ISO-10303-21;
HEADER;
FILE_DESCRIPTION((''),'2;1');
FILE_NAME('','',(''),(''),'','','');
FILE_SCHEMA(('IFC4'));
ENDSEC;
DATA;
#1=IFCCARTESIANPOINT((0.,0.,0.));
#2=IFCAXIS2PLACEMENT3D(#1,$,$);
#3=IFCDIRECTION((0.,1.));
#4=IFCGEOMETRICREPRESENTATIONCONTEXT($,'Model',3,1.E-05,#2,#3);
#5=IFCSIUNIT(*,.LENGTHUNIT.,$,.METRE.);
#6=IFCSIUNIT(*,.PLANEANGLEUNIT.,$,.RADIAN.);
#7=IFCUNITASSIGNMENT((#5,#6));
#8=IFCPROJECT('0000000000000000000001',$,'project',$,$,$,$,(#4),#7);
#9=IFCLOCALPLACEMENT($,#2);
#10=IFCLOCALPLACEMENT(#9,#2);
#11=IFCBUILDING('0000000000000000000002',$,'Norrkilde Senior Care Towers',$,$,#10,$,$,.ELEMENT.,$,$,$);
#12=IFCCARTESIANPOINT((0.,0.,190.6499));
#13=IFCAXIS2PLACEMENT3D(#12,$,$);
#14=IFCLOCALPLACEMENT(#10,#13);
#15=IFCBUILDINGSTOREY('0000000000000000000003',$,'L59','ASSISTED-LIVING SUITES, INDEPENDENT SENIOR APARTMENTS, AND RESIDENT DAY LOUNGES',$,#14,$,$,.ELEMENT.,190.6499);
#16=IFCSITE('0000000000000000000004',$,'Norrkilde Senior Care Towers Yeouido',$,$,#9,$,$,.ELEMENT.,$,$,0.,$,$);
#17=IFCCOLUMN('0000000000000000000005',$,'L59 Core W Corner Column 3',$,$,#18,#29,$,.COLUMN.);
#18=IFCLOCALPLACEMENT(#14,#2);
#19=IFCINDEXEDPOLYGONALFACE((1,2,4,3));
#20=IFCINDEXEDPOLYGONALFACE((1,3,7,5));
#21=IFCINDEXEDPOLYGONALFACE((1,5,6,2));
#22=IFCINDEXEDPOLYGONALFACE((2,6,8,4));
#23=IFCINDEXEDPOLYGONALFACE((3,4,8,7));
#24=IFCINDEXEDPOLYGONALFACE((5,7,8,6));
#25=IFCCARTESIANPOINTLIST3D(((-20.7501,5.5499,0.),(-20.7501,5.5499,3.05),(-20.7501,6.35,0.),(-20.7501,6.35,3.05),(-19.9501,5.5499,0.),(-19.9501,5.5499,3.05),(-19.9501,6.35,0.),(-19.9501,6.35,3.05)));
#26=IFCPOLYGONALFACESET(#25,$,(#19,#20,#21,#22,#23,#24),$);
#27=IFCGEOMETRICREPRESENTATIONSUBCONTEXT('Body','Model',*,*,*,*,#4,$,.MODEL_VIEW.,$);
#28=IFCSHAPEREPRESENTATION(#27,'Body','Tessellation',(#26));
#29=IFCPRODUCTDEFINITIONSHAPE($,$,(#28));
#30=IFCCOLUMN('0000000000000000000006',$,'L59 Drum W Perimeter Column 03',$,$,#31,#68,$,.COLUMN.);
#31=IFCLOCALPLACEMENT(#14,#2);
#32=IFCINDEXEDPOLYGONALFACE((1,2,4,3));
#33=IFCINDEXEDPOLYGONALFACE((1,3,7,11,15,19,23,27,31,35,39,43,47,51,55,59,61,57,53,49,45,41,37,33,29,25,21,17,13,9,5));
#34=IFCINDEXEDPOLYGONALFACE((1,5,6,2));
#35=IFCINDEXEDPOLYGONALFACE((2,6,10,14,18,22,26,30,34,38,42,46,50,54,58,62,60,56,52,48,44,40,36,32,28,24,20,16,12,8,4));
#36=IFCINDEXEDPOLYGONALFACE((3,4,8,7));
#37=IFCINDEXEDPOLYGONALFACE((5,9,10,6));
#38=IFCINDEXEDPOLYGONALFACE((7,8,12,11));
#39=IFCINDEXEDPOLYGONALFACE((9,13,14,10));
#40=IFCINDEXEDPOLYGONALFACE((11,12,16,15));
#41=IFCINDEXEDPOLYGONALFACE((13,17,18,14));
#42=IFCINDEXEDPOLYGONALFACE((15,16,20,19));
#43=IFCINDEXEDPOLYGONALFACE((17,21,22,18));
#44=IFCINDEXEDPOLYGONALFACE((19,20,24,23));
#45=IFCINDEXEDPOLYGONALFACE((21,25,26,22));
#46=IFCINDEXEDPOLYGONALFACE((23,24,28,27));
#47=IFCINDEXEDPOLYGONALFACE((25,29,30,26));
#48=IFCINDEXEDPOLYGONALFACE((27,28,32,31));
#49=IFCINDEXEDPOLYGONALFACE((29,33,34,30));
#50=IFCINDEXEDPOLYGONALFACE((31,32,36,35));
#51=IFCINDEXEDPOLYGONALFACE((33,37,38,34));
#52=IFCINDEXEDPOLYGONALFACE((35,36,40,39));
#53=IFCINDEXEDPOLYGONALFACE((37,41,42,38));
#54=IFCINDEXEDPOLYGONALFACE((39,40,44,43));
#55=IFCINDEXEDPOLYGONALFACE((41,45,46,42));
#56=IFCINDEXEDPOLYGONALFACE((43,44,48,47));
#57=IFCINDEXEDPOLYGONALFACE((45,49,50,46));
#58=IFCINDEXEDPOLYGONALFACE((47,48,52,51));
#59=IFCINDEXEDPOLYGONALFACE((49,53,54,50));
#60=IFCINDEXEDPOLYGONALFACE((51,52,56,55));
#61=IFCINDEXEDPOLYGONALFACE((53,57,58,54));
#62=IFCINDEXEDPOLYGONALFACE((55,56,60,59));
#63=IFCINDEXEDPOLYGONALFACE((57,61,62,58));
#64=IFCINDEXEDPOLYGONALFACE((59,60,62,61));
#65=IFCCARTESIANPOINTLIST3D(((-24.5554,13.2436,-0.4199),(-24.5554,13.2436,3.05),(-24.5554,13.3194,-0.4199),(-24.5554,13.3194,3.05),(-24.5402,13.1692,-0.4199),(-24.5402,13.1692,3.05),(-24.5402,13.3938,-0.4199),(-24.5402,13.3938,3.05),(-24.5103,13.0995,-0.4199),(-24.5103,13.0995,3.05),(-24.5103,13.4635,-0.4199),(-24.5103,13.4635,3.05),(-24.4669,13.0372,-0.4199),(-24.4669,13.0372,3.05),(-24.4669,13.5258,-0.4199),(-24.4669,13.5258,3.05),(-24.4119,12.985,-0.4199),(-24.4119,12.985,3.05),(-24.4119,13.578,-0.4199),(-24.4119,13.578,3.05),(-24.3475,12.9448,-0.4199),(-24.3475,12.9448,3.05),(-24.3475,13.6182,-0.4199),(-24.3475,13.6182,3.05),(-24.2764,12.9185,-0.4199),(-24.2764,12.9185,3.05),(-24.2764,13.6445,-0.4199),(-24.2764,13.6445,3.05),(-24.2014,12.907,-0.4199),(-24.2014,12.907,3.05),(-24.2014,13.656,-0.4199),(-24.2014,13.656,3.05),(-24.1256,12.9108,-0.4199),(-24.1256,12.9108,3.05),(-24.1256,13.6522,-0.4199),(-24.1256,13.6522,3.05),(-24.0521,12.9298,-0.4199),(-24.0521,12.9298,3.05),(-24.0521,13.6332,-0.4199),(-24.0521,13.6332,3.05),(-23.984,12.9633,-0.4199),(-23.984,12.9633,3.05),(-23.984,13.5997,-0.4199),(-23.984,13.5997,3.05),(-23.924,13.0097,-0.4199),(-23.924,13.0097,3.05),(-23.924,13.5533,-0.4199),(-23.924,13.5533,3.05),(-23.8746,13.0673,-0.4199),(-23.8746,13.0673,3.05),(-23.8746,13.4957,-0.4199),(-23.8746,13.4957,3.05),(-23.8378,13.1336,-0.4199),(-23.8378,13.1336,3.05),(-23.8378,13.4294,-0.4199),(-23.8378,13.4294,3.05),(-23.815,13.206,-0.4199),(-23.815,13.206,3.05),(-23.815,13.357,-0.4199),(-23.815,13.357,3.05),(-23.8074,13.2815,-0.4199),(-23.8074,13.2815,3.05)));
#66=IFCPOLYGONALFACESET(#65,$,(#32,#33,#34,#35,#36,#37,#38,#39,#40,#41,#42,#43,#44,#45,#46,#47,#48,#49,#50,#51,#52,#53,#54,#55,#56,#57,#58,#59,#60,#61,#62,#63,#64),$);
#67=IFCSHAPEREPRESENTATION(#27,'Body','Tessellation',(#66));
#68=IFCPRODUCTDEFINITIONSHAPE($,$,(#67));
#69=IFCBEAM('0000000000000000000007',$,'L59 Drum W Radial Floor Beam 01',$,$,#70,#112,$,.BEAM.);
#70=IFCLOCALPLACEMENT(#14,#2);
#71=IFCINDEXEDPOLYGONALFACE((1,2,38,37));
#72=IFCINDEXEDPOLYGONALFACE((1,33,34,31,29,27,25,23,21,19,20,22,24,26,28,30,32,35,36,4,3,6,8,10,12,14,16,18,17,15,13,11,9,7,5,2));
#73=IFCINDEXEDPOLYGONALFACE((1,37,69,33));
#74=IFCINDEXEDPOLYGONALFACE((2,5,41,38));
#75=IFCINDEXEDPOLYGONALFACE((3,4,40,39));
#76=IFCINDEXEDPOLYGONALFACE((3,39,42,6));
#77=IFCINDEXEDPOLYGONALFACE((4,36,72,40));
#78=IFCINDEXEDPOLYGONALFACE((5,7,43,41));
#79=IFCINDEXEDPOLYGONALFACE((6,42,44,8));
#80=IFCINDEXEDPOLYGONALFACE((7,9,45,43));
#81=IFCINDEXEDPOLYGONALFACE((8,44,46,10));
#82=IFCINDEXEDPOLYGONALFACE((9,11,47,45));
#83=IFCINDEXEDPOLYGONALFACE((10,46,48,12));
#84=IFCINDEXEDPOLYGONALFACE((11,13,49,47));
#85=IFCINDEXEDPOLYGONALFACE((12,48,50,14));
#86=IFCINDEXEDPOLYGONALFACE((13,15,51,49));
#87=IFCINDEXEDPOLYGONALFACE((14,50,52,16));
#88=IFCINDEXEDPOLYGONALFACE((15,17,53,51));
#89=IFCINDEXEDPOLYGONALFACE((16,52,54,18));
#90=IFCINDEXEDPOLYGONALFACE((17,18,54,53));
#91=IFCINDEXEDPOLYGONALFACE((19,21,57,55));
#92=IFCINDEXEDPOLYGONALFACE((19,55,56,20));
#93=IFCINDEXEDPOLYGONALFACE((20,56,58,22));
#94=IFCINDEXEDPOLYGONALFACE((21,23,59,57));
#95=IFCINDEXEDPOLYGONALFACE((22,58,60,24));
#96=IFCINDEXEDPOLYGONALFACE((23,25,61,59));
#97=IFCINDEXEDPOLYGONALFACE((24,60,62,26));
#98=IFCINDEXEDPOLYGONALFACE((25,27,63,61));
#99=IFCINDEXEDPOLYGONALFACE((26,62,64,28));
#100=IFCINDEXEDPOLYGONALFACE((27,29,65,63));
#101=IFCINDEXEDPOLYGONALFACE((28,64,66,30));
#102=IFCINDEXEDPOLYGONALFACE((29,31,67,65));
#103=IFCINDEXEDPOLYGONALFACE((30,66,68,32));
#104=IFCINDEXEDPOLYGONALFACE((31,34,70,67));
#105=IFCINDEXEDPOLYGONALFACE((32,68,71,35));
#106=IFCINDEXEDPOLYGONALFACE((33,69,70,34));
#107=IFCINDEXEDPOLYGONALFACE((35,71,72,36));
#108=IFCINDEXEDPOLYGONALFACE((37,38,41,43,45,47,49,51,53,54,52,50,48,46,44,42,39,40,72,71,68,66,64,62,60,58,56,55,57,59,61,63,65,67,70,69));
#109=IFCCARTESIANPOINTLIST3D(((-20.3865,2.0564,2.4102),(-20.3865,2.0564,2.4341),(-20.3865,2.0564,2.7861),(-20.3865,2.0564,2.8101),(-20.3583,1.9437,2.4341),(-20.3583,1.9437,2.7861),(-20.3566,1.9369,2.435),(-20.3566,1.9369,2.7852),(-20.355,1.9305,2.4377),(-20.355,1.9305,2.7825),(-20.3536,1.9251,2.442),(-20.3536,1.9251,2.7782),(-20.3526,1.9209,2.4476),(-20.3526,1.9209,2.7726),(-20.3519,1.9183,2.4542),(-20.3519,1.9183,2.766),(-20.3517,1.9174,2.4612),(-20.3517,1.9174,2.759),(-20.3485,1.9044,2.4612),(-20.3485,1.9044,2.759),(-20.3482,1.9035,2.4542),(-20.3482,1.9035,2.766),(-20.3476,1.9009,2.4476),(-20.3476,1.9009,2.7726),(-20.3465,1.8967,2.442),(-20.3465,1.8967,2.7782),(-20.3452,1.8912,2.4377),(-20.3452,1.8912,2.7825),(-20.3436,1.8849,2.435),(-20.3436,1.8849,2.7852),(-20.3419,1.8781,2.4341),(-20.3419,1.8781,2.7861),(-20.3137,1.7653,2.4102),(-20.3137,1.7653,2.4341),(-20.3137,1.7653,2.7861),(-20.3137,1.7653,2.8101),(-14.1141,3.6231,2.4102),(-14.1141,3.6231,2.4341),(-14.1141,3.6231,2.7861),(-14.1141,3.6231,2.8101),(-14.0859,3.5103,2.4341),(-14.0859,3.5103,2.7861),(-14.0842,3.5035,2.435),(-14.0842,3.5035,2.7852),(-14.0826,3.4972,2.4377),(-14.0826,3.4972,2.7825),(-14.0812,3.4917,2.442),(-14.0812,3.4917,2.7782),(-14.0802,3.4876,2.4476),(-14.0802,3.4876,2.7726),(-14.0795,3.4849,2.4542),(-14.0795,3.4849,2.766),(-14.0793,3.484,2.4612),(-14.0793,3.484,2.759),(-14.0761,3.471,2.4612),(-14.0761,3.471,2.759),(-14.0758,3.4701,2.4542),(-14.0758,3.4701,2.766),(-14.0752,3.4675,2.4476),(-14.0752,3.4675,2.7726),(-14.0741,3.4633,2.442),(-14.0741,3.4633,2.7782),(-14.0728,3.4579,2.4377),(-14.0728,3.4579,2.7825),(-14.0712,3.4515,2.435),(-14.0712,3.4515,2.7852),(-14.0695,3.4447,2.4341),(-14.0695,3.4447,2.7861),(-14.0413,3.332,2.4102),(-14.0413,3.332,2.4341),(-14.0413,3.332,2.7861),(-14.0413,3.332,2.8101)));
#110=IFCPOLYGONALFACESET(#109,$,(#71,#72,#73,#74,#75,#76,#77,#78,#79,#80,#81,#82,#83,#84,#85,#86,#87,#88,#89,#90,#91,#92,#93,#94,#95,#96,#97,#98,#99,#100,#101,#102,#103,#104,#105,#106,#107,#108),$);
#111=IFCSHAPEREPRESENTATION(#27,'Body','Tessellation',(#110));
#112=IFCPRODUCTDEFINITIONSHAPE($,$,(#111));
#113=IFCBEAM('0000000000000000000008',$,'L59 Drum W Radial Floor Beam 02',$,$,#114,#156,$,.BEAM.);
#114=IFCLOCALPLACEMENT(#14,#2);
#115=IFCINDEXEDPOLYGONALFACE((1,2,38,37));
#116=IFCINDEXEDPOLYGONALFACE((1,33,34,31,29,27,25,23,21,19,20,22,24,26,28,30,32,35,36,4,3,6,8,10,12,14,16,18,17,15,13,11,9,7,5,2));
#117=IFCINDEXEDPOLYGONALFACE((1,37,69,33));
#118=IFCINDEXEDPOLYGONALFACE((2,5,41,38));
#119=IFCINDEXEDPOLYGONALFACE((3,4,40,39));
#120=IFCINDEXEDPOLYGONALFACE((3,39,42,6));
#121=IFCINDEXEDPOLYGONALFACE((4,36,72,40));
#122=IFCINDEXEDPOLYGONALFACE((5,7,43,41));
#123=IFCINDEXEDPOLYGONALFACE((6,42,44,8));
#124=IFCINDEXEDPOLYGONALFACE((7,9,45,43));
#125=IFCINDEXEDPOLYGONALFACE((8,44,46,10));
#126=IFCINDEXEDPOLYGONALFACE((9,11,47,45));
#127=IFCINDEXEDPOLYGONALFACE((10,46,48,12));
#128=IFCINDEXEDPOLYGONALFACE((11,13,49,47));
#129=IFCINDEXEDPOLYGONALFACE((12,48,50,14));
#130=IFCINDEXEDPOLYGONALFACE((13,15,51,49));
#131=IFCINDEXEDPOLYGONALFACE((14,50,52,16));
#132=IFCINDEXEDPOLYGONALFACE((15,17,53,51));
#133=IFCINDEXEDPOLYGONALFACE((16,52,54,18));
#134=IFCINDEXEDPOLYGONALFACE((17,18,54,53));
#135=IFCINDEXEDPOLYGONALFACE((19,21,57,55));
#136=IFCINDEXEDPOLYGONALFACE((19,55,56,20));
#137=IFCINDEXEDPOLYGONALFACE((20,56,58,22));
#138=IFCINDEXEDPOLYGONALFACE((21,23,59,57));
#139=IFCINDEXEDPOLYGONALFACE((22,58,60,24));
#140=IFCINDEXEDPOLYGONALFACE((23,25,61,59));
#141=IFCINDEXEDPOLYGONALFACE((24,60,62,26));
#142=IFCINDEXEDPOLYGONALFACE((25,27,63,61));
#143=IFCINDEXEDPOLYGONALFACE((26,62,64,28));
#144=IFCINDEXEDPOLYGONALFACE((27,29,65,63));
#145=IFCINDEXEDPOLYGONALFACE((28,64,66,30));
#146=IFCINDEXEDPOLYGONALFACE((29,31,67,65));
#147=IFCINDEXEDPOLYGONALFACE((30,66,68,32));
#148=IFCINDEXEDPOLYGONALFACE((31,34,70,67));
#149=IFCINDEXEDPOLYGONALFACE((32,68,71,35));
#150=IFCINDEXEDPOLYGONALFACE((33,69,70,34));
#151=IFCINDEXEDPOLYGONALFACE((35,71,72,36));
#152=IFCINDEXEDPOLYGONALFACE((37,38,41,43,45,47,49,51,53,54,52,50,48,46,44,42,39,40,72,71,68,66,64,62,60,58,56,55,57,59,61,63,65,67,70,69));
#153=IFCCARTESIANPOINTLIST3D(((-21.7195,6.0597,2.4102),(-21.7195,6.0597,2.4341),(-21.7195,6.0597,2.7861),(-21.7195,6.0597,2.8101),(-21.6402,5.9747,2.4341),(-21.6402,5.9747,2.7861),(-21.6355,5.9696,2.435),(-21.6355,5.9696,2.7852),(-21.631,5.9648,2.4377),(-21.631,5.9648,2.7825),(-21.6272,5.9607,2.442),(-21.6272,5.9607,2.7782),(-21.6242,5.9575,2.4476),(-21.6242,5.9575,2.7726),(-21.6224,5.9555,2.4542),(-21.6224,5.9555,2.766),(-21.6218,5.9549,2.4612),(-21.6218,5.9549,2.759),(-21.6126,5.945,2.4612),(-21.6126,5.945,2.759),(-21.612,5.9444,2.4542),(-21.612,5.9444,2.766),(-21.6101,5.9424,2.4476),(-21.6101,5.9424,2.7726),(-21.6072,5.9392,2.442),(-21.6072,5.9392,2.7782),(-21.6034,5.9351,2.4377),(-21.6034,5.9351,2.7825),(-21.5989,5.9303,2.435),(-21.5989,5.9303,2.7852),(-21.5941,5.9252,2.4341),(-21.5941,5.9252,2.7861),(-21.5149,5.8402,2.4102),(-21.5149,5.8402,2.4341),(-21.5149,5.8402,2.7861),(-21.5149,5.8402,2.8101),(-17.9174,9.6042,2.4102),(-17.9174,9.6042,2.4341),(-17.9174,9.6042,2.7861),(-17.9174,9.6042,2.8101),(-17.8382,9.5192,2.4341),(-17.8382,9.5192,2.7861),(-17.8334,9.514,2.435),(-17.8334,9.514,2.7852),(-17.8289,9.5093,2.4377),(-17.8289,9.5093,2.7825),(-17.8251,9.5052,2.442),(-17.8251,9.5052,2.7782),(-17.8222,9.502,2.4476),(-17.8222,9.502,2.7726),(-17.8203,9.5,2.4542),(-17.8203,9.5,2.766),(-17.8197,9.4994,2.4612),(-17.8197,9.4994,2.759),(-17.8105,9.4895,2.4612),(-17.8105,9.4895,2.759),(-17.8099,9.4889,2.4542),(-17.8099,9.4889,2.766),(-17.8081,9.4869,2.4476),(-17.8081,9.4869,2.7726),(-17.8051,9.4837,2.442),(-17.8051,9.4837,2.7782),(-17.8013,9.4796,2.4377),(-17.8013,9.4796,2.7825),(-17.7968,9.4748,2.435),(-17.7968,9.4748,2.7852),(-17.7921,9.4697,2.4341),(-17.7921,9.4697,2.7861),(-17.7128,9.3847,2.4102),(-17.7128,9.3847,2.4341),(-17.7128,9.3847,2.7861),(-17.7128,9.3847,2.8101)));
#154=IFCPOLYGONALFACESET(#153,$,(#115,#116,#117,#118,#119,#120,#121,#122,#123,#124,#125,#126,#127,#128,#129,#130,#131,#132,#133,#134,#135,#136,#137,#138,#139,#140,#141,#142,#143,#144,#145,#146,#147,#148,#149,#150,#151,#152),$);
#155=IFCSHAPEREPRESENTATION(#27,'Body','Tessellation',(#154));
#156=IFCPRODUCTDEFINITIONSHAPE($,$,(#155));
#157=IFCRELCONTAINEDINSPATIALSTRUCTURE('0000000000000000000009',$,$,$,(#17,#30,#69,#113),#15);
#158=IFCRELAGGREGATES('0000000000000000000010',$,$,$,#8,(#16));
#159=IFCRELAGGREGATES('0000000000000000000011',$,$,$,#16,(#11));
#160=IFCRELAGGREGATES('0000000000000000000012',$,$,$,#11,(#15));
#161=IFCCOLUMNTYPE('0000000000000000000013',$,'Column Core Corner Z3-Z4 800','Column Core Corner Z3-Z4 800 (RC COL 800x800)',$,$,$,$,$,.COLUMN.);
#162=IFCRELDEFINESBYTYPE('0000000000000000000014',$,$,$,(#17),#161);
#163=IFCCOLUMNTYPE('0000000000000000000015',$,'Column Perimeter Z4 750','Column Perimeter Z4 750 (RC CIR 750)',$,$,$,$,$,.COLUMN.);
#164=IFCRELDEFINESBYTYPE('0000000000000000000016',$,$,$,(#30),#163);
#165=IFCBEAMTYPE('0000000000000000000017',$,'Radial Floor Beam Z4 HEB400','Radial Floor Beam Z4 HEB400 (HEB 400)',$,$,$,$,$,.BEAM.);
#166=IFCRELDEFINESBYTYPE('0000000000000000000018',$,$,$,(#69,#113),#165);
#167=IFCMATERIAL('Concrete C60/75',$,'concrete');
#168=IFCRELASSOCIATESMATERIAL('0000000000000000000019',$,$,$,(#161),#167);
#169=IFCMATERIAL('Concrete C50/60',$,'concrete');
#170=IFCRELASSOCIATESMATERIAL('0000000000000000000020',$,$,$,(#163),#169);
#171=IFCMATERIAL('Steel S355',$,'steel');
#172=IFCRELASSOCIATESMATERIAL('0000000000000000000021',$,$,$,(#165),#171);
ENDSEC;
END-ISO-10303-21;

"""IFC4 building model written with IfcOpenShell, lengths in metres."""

from ifc_helpers import new_model, si_unit, direction, frame, origin, origin_2d, place, context, subcontext, project, spatial, rectangle, circle, i_section, extrude, source, transform, mapped, material, material_profile, profile_set, type_object, type_shapes, element, save


model = new_model("IFC4")

# Units and contexts
model_context = context("Model", 3, precision=1e-05, world=origin(), true_north=direction((0.0, 1.0)))
body_context = subcontext(model_context, "Body", "Model", "MODEL_VIEW")
ifc_project = project(units=[si_unit("LENGTHUNIT", "METRE"), si_unit("PLANEANGLEUNIT", "RADIAN")], contexts=[model_context])

# Site, building, storey
site_placement = place(None, origin())
site = spatial("IfcSite", under=ifc_project, at=site_placement, Name="Norrkilde Senior Care Towers Yeouido", CompositionType="ELEMENT", RefElevation=0.0)
building_placement = place(site_placement, origin())
building = spatial("IfcBuilding", under=site, at=building_placement, Name="Norrkilde Senior Care Towers", CompositionType="ELEMENT")
storey_placement = place(building_placement, frame((0.0, 0.0, 190.6499)))
storey = spatial("IfcBuildingStorey", under=building, at=storey_placement, Name="L59", Description="ASSISTED-LIVING SUITES, INDEPENDENT SENIOR APARTMENTS, AND RESIDENT DAY LOUNGES", CompositionType="ELEMENT", Elevation=190.6499)

# Columns
ifc_material_1 = material(Name="Concrete C60/75", Category="concrete")
ifc_material_profile_1 = material_profile(ifc_material_1, rectangle(XDim=0.8, YDim=0.8, at=origin_2d()), Name="RC COL 800x800")
ifc_profile_set_1 = profile_set([ifc_material_profile_1], Name="Concrete C60/75")
column_type_1 = type_object("IfcColumnType", Name="Column Core Corner Z3-Z4 800", Description="Column Core Corner Z3-Z4 800 (RC COL 800x800)", PredefinedType="COLUMN", material=ifc_profile_set_1)
shared_shape_1 = source(origin(), body_context, "Body", "SweptSolid", [
    extrude(rectangle(XDim=0.8, YDim=0.8, at=origin_2d()), origin(), (0.0, 0.0, 1.0), 3.05),
])
type_shapes(column_type_1, [shared_shape_1])
column_1_placement = place(storey_placement, frame((-20.3501, 5.95, 0.0), z_axis=(0.0, 0.0, 1.0), x_axis=(1.0, 0.0, 0.0)))
element("IfcColumn", 1, at=column_1_placement, inside=storey, type_object=column_type_1, Name="L59 Core W Corner Column 3", PredefinedType="COLUMN", context=body_context, shape_type="MappedRepresentation", body=[
    mapped(shared_shape_1, transform((0.0, 0.0, 0.0), x_axis=(1.0, 0.0, 0.0), y_axis=(0.0, 1.0, 0.0), z_axis=(0.0, 0.0, 1.0), scale=1.0)),
])
ifc_material_2 = material(Name="Concrete C50/60", Category="concrete")
ifc_material_profile_2 = material_profile(ifc_material_2, circle(Radius=0.375, at=origin_2d()), Name="RC CIR 750")
ifc_profile_set_2 = profile_set([ifc_material_profile_2], Name="Concrete C50/60")
column_type_2 = type_object("IfcColumnType", Name="Column Perimeter Z4 750", Description="Column Perimeter Z4 750 (RC CIR 750)", PredefinedType="COLUMN", material=ifc_profile_set_2)
shared_shape_2 = source(origin(), body_context, "Body", "SweptSolid", [
    extrude(circle(Radius=0.375, at=origin_2d()), origin(), (0.0, 0.0, 1.0), 3.47),
])
type_shapes(column_type_2, [shared_shape_2])
column_2_placement = place(storey_placement, frame((-24.1824, 13.2815, -0.4199), z_axis=(0.0, 0.0, 1.0), x_axis=(1.0, 0.0, 0.0)))
element("IfcColumn", 2, at=column_2_placement, inside=storey, type_object=column_type_2, Name="L59 Drum W Perimeter Column 03", PredefinedType="COLUMN", context=body_context, shape_type="MappedRepresentation", body=[
    mapped(shared_shape_2, transform((0.0, 0.0, 0.0), x_axis=(1.0, 0.0, 0.0), y_axis=(0.0, 1.0, 0.0), z_axis=(0.0, 0.0, 1.0), scale=1.0)),
])

# Beams
ifc_material_3 = material(Name="Steel S355", Category="steel")
ifc_material_profile_3 = material_profile(ifc_material_3, i_section(OverallWidth=0.3, OverallDepth=0.3999, WebThickness=0.0134, FlangeThickness=0.0239, FilletRadius=0.0271, at=origin_2d()), Name="HEB 400")
ifc_profile_set_3 = profile_set([ifc_material_profile_3], Name="Steel S355")
beam_type_1 = type_object("IfcBeamType", Name="Radial Floor Beam Z4 HEB400", Description="Radial Floor Beam Z4 HEB400 (HEB 400)", PredefinedType="BEAM", material=ifc_profile_set_3)
shared_shape_3 = source(origin(), body_context, "Body", "SweptSolid", [
    extrude(i_section(OverallWidth=0.3, OverallDepth=0.3999, WebThickness=0.0134, FlangeThickness=0.0239, FilletRadius=0.0271, at=origin_2d()), origin(), (0.0, 0.0, 1.0), 6.4651),
])
beam_1_placement = place(storey_placement, frame((-20.3501, 1.9109, 2.6101), z_axis=(0.970196, 0.242322, 0.0), x_axis=(-0.242322, 0.970196, 0.0)))
element("IfcBeam", 3, at=beam_1_placement, inside=storey, type_object=beam_type_1, Name="L59 Drum W Radial Floor Beam 01", PredefinedType="BEAM", context=body_context, shape_type="MappedRepresentation", body=[
    mapped(shared_shape_3, transform((0.0, 0.0, 0.0), x_axis=(1.0, 0.0, 0.0), y_axis=(0.0, 1.0, 0.0), z_axis=(0.0, 0.0, 1.0), scale=1.0)),
])
shared_shape_4 = source(origin(), body_context, "Body", "SweptSolid", [
    extrude(i_section(OverallWidth=0.3, OverallDepth=0.3999, WebThickness=0.0134, FlangeThickness=0.0239, FilletRadius=0.0271, at=origin_2d()), origin(), (0.0, 0.0, 1.0), 5.198),
])
beam_2_placement = place(storey_placement, frame((-21.6172, 5.95, 2.6101), z_axis=(0.731449, 0.681896, 0.0), x_axis=(-0.681896, 0.731449, 0.0)))
element("IfcBeam", 4, at=beam_2_placement, inside=storey, type_object=beam_type_1, Name="L59 Drum W Radial Floor Beam 02", PredefinedType="BEAM", context=body_context, shape_type="MappedRepresentation", body=[
    mapped(shared_shape_4, transform((0.0, 0.0, 0.0), x_axis=(1.0, 0.0, 0.0), y_axis=(0.0, 1.0, 0.0), z_axis=(0.0, 0.0, 1.0), scale=1.0)),
])

save(model, "model.ifc")
